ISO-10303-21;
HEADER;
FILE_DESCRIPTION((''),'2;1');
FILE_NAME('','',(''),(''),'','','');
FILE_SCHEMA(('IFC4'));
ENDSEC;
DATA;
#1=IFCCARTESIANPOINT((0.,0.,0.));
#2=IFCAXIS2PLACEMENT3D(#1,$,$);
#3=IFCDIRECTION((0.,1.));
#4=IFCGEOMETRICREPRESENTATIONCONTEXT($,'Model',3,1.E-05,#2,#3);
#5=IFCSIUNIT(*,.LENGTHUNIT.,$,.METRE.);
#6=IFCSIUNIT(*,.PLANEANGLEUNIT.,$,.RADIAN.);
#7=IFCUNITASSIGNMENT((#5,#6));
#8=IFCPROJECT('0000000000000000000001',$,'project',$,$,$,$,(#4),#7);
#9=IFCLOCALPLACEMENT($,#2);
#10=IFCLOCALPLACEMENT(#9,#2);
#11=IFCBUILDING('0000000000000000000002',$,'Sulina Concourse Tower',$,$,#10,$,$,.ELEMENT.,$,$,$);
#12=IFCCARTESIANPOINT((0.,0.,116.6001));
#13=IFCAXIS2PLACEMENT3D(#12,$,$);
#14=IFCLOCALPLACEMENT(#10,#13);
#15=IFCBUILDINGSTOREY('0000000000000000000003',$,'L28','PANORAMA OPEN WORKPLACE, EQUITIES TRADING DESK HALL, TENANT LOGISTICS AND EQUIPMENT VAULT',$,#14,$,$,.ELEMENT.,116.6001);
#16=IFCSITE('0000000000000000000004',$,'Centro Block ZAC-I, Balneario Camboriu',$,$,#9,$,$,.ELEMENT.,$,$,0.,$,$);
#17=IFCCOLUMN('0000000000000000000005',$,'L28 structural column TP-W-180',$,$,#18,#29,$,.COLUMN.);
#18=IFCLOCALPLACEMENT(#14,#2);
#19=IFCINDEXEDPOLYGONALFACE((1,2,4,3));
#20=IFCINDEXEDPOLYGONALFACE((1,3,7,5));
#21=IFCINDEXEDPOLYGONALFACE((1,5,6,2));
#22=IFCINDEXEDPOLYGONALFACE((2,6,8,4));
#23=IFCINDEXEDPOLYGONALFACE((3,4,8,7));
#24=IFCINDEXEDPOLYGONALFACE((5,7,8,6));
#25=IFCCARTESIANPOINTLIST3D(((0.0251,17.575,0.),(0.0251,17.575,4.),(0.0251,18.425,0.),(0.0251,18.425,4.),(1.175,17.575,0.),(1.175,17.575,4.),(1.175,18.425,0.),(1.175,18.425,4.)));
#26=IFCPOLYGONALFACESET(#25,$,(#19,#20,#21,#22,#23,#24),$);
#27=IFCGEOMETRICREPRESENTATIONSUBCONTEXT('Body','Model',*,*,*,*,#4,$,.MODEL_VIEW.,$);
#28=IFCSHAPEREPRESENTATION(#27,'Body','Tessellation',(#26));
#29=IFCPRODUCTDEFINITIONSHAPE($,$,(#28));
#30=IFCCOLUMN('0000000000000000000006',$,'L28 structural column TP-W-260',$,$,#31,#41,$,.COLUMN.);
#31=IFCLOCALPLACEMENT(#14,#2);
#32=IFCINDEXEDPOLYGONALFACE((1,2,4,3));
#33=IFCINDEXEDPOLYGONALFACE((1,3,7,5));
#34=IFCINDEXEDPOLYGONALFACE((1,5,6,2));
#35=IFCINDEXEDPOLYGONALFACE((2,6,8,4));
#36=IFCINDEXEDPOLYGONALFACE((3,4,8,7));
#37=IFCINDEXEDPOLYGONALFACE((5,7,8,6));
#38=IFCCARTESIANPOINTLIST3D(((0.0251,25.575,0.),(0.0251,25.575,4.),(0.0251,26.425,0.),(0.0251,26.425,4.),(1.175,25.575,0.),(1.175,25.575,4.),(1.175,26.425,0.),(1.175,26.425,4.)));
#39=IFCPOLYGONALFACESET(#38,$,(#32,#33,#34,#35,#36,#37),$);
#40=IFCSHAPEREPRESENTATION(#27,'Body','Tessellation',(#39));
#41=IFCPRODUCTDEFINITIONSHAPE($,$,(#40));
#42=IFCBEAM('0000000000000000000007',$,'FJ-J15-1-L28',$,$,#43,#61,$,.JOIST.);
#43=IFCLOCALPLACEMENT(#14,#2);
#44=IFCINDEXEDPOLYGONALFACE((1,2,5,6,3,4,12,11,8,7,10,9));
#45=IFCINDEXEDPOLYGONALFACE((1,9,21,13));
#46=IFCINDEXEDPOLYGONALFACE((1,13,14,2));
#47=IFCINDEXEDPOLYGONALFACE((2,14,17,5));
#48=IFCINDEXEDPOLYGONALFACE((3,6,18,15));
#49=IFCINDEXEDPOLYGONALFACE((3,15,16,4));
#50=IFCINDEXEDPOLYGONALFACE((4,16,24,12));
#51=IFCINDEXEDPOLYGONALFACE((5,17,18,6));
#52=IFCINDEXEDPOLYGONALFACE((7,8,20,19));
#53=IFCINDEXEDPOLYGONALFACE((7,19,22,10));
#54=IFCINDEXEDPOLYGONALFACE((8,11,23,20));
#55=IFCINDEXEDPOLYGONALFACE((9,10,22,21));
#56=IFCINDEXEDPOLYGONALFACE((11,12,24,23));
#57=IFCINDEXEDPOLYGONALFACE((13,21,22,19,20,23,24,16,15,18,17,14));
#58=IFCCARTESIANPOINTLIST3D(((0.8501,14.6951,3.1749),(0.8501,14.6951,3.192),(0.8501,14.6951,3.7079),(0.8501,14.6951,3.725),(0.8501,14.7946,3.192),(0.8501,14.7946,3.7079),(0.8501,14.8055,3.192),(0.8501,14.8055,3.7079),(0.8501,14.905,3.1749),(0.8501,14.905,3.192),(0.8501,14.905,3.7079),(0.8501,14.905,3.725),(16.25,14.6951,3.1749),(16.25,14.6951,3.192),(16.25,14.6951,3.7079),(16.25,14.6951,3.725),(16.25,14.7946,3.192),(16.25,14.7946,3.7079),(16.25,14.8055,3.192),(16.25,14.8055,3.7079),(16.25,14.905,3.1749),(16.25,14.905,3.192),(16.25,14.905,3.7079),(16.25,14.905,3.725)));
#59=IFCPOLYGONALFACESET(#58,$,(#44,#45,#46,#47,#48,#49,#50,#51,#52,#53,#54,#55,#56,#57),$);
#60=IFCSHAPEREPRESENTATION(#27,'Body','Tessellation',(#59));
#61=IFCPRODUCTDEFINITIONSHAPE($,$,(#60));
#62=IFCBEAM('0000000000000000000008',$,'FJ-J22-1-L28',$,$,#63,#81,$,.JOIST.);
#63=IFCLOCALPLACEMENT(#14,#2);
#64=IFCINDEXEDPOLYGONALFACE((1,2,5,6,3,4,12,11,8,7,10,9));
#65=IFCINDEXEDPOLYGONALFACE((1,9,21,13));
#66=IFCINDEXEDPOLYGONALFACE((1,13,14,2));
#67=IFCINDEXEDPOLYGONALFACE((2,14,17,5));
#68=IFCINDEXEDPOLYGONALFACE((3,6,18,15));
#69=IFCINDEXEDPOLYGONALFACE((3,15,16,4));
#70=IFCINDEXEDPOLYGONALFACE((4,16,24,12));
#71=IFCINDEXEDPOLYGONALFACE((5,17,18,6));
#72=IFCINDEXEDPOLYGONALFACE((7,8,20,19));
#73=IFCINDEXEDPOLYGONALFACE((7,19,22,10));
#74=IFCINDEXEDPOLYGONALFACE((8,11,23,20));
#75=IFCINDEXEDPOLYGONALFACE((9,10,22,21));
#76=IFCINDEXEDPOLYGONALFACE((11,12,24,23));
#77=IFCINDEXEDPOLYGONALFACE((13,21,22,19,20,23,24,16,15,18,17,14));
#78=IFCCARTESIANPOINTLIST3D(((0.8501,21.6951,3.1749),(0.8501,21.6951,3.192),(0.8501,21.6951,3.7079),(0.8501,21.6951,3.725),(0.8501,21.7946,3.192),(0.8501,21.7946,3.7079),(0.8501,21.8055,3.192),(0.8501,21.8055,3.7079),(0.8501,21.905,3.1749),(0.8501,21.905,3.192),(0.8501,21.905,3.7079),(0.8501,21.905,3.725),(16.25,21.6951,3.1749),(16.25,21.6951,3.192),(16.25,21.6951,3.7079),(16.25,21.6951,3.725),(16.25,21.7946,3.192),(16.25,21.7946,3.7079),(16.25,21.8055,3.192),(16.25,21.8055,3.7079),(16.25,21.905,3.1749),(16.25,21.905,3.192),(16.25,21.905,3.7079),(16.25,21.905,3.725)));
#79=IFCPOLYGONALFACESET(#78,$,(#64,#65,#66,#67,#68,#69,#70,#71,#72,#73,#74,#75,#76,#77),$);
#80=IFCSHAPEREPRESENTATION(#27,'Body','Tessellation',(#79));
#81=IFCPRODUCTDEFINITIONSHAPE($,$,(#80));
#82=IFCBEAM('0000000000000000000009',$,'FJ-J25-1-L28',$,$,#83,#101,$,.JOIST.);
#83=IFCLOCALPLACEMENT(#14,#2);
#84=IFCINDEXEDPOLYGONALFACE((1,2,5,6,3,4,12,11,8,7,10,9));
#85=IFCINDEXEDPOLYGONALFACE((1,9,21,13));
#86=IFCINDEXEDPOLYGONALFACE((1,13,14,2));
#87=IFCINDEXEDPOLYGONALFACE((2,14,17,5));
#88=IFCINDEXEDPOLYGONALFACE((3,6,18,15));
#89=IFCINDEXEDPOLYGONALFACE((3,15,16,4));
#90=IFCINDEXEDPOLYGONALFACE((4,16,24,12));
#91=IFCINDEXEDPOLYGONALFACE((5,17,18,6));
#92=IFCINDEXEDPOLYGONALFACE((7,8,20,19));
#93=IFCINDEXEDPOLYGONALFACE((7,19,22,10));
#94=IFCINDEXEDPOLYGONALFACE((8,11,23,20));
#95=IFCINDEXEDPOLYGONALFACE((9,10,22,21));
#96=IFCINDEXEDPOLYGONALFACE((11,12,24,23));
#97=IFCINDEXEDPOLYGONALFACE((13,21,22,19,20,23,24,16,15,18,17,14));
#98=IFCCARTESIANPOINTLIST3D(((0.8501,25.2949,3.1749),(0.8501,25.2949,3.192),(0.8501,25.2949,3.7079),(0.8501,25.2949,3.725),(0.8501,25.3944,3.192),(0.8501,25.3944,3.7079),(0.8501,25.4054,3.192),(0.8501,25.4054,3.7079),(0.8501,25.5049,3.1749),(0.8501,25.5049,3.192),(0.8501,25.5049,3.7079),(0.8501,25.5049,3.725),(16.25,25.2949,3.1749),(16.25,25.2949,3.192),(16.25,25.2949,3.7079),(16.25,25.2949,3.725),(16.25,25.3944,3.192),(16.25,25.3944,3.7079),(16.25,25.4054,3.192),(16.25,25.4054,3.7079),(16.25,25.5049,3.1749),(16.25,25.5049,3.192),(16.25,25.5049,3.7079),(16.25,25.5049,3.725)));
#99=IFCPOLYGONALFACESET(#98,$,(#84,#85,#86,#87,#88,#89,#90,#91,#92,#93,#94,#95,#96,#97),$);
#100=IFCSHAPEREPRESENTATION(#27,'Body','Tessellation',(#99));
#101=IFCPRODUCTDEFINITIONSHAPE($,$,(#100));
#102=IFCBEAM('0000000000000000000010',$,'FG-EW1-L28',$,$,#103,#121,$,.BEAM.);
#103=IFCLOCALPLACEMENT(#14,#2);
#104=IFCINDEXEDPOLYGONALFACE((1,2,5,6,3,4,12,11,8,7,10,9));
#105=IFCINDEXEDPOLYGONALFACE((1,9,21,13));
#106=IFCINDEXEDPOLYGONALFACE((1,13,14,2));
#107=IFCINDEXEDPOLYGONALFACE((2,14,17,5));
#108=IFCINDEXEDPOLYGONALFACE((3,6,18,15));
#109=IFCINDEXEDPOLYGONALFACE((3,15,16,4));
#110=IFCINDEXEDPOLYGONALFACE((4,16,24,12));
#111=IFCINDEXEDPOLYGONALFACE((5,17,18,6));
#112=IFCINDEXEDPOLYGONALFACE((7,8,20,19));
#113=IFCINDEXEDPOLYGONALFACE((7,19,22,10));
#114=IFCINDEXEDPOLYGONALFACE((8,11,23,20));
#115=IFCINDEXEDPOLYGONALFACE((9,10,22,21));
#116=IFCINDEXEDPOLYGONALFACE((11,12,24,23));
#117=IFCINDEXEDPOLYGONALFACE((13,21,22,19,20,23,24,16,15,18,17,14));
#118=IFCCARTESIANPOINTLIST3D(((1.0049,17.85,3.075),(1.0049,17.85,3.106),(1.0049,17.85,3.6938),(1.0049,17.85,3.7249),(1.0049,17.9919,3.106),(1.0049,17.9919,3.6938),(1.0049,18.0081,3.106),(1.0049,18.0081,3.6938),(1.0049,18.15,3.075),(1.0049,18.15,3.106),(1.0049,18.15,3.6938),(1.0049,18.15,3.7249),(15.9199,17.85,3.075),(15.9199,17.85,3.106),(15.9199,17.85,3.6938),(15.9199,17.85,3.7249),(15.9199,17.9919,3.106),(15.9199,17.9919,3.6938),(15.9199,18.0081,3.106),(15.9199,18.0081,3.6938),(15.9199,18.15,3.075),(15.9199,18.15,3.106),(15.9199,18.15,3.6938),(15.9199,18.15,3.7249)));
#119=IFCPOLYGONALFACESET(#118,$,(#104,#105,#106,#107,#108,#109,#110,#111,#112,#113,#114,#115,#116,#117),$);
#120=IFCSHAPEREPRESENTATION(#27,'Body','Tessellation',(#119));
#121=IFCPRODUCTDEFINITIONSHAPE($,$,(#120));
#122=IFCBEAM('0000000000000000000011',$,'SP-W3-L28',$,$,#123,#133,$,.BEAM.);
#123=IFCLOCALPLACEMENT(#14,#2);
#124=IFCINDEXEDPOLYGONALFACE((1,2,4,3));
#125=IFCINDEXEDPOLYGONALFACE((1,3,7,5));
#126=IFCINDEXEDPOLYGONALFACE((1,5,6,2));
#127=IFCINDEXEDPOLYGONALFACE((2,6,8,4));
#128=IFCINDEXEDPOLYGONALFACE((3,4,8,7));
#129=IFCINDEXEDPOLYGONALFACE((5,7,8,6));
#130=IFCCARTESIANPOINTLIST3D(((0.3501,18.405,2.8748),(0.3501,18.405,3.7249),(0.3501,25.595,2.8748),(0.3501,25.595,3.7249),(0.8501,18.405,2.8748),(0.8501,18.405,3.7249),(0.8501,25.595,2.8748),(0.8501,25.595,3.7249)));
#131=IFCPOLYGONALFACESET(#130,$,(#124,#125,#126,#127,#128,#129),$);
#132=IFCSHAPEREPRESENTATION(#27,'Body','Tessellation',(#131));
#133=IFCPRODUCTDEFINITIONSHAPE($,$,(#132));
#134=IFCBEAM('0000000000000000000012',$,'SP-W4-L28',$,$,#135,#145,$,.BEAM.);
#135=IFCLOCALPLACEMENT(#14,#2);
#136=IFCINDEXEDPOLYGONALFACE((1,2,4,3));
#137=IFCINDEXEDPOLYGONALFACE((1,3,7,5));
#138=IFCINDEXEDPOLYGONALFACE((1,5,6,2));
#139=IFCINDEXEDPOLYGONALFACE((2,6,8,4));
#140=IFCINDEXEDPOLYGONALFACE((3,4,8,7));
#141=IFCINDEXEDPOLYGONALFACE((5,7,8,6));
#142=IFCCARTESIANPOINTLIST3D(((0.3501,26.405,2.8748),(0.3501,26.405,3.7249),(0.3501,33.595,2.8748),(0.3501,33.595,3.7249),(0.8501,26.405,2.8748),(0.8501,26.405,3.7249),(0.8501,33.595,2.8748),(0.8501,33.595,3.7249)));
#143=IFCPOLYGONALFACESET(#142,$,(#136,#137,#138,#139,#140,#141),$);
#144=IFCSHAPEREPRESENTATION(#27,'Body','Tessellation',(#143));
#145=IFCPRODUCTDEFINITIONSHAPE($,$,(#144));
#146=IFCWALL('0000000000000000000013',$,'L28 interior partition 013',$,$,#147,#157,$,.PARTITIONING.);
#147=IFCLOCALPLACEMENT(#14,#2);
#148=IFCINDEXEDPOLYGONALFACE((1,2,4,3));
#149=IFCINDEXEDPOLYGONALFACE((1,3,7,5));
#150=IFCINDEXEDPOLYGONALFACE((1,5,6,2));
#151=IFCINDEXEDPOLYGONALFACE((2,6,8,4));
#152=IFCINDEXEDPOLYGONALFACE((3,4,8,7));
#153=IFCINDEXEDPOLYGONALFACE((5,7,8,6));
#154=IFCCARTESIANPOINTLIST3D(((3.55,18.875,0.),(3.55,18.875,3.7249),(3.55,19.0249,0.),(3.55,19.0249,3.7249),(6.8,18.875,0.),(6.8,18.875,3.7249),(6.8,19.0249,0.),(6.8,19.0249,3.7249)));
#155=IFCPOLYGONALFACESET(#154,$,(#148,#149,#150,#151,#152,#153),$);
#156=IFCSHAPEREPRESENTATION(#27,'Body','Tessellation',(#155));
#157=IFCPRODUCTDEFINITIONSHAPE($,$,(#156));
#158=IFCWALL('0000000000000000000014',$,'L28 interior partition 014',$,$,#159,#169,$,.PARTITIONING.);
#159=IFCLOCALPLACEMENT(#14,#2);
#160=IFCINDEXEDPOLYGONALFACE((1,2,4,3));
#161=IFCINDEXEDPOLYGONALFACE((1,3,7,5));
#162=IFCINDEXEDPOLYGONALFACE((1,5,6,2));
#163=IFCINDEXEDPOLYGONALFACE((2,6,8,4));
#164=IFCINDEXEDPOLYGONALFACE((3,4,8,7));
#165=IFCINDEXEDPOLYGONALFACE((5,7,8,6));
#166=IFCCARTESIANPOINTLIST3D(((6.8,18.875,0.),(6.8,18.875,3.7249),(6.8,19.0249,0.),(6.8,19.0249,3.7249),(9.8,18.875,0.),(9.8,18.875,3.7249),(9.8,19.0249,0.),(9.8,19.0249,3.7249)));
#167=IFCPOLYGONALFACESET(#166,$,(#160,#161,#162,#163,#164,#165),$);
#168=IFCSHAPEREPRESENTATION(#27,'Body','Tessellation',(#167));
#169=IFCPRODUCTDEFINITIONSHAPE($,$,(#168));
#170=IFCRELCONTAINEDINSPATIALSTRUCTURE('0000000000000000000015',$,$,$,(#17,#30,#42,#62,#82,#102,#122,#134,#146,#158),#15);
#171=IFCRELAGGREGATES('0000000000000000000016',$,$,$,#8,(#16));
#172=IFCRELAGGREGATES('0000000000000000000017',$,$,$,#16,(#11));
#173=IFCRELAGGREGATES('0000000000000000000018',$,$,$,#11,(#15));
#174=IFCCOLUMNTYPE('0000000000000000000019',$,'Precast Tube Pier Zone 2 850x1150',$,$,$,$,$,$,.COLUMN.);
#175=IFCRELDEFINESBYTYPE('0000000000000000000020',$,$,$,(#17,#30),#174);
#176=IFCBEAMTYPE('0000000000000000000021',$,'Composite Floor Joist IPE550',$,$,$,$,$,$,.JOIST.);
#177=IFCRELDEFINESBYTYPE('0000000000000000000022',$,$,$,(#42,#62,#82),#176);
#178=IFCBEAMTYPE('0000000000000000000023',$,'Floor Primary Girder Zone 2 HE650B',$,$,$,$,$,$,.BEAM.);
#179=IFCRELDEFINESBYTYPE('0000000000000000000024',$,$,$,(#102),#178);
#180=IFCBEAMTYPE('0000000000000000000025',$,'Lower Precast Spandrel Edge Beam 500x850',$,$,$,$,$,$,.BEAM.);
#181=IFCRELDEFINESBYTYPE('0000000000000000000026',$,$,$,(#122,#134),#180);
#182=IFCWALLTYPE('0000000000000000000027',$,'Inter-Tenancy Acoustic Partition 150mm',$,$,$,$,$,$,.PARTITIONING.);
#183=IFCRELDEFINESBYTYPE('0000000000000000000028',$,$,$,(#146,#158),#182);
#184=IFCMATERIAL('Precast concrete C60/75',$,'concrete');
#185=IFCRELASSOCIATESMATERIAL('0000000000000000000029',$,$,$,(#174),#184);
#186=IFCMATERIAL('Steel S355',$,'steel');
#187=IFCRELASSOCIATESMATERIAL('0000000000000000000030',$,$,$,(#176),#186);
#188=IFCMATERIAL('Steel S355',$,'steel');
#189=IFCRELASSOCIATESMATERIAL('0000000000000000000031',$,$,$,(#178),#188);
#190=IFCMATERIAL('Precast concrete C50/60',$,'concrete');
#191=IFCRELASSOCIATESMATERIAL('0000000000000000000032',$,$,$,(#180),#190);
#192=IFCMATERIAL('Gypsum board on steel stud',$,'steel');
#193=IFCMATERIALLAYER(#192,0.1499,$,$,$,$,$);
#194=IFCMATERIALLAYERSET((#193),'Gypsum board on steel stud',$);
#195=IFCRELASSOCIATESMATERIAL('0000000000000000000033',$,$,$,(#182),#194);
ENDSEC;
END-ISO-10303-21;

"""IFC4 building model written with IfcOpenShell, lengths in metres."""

from ifc_helpers import new_model, si_unit, direction, frame, frame_2d, origin, origin_2d, place, context, subcontext, project, spatial, rectangle, i_section, extrude, material, layer, layer_set, material_profile, profile_set, type_object, element, save


model = new_model("IFC4")

# Units and contexts
model_context = context("Model", 3, precision=1e-05, world=origin(), true_north=direction((0.0, 1.0)))
body_context = subcontext(model_context, "Body", "Model", "MODEL_VIEW")
ifc_project = project(units=[si_unit("LENGTHUNIT", "METRE"), si_unit("PLANEANGLEUNIT", "RADIAN")], contexts=[model_context])

# Site, building, storey
site_placement = place(None, origin())
site = spatial("IfcSite", under=ifc_project, at=site_placement, Name="Centro Block ZAC-I, Balneario Camboriu", CompositionType="ELEMENT", RefElevation=0.0)
building_placement = place(site_placement, origin())
building = spatial("IfcBuilding", under=site, at=building_placement, Name="Sulina Concourse Tower", CompositionType="ELEMENT")
storey_placement = place(building_placement, frame((0.0, 0.0, 116.6001)))
storey = spatial("IfcBuildingStorey", under=building, at=storey_placement, Name="L28", Description="PANORAMA OPEN WORKPLACE, EQUITIES TRADING DESK HALL, TENANT LOGISTICS AND EQUIPMENT VAULT", CompositionType="ELEMENT", Elevation=116.6001)

# Columns
ifc_material_1 = material(Name="Precast concrete C60/75", Category="concrete")
ifc_material_profile_1 = material_profile(ifc_material_1, rectangle(XDim=0.8501, YDim=1.1499, at=origin_2d()), Name="PC 850x1150")
ifc_profile_set_1 = profile_set([ifc_material_profile_1], Name="Precast concrete C60/75")
column_type = type_object("IfcColumnType", Name="Precast Tube Pier Zone 2 850x1150", PredefinedType="COLUMN", material=ifc_profile_set_1)
for number, where, z_axis, x_axis, name in (
    (1, (0.6001, 18.0, 0.0), (0.0, 0.0, 1.0), (0.0, 1.0, 0.0), "L28 structural column TP-W-180"),
    (2, (0.6001, 26.0, 0.0), (0.0, 0.0, 1.0), (0.0, 1.0, 0.0), "L28 structural column TP-W-260"),
):
    element("IfcColumn", number, at=place(storey_placement, frame(where, z_axis=z_axis, x_axis=x_axis)), inside=storey, type_object=column_type, Name=name, PredefinedType="COLUMN", context=body_context, shape_type="SweptSolid", body=[
        extrude(rectangle(XDim=0.8501, YDim=1.1499, at=origin_2d()), origin(), (0.0, 0.0, 1.0), 4.0),
    ])

# Beams
ifc_material_2 = material(Name="Steel S355", Category="steel")
ifc_material_profile_2 = material_profile(ifc_material_2, i_section(OverallWidth=0.21, OverallDepth=0.55, WebThickness=0.011, FlangeThickness=0.0171, at=origin_2d()), Name="IPE 550")
ifc_profile_set_2 = profile_set([ifc_material_profile_2], Name="Steel S355")
beam_type_1 = type_object("IfcBeamType", Name="Composite Floor Joist IPE550", PredefinedType="JOIST", material=ifc_profile_set_2)
for number, where, z_axis, x_axis, name in (
    (3, (0.8501, 14.8, 3.45), (1.0, 0.0, 0.0), (0.0, 1.0, 0.0), "FJ-J15-1-L28"),
    (4, (0.8501, 21.8, 3.45), (1.0, 0.0, 0.0), (0.0, 1.0, 0.0), "FJ-J22-1-L28"),
    (5, (0.8501, 25.3999, 3.45), (1.0, 0.0, 0.0), (0.0, 1.0, 0.0), "FJ-J25-1-L28"),
):
    element("IfcBeam", number, at=place(storey_placement, frame(where, z_axis=z_axis, x_axis=x_axis)), inside=storey, type_object=beam_type_1, Name=name, PredefinedType="JOIST", context=body_context, shape_type="SweptSolid", body=[
        extrude(i_section(OverallWidth=0.21, OverallDepth=0.55, WebThickness=0.011, FlangeThickness=0.0171, at=origin_2d()), origin(), (0.0, 0.0, 1.0), 15.3999),
    ])
ifc_material_3 = material(Name="Steel S355", Category="steel")
ifc_material_profile_3 = material_profile(ifc_material_3, i_section(OverallWidth=0.3, OverallDepth=0.6499, WebThickness=0.0161, FlangeThickness=0.031, at=origin_2d()), Name="HE 650 B")
ifc_profile_set_3 = profile_set([ifc_material_profile_3], Name="Steel S355")
beam_type_2 = type_object("IfcBeamType", Name="Floor Primary Girder Zone 2 HE650B", PredefinedType="BEAM", material=ifc_profile_set_3)
beam_placement = place(storey_placement, frame((1.0049, 18.0, 3.3999), z_axis=(1.0, 0.0, 0.0), x_axis=(0.0, 1.0, 0.0)))
element("IfcBeam", 6, at=beam_placement, inside=storey, type_object=beam_type_2, Name="FG-EW1-L28", PredefinedType="BEAM", context=body_context, shape_type="SweptSolid", body=[
    extrude(i_section(OverallWidth=0.3, OverallDepth=0.6499, WebThickness=0.0161, FlangeThickness=0.031, at=origin_2d()), origin(), (0.0, 0.0, 1.0), 14.915),
])
ifc_material_4 = material(Name="Precast concrete C50/60", Category="concrete")
ifc_material_profile_4 = material_profile(ifc_material_4, rectangle(XDim=0.5, YDim=0.8501, at=origin_2d()), Name="RC 500x850")
ifc_profile_set_4 = profile_set([ifc_material_profile_4], Name="Precast concrete C50/60")
beam_type_3 = type_object("IfcBeamType", Name="Lower Precast Spandrel Edge Beam 500x850", PredefinedType="BEAM", material=ifc_profile_set_4)
for number, where, z_axis, x_axis, name in (
    (7, (0.6001, 18.405, 3.2998), (0.0, 1.0, 0.0), (-1.0, 0.0, 0.0), "SP-W3-L28"),
    (8, (0.6001, 26.405, 3.2998), (0.0, 1.0, 0.0), (-1.0, 0.0, 0.0), "SP-W4-L28"),
):
    element("IfcBeam", number, at=place(storey_placement, frame(where, z_axis=z_axis, x_axis=x_axis)), inside=storey, type_object=beam_type_3, Name=name, PredefinedType="BEAM", context=body_context, shape_type="SweptSolid", body=[
        extrude(rectangle(XDim=0.5, YDim=0.8501, at=origin_2d()), origin(), (0.0, 0.0, 1.0), 7.1899),
    ])

# Walls
ifc_material_5 = material(Name="Gypsum board on steel stud", Category="steel")
ifc_layer_1 = layer(ifc_material_5, 0.1499)
ifc_layer_set_1 = layer_set([ifc_layer_1], Name="Gypsum board on steel stud")
wall_type_1 = type_object("IfcWallType", Name="Inter-Tenancy Acoustic Partition 150mm", PredefinedType="PARTITIONING", material=ifc_layer_set_1)
wall_1_placement = place(storey_placement, frame((3.55, 18.95, 0.0), z_axis=(0.0, 0.0, 1.0), x_axis=(1.0, 0.0, 0.0)))
element("IfcWall", 9, at=wall_1_placement, inside=storey, type_object=wall_type_1, Name="L28 interior partition 013", PredefinedType="PARTITIONING", context=body_context, shape_type="SweptSolid", body=[
    extrude(rectangle(XDim=3.25, YDim=0.1499, at=frame_2d((1.625, 0.0))), origin(), (0.0, 0.0, 1.0), 3.7249),
])
wall_2_placement = place(storey_placement, frame((6.8, 18.95, 0.0), z_axis=(0.0, 0.0, 1.0), x_axis=(1.0, 0.0, 0.0)))
element("IfcWall", 10, at=wall_2_placement, inside=storey, type_object=wall_type_1, Name="L28 interior partition 014", PredefinedType="PARTITIONING", context=body_context, shape_type="SweptSolid", body=[
    extrude(rectangle(XDim=3.0, YDim=0.1499, at=frame_2d((1.5, 0.0))), origin(), (0.0, 0.0, 1.0), 3.7249),
])

save(model, "model.ifc")
